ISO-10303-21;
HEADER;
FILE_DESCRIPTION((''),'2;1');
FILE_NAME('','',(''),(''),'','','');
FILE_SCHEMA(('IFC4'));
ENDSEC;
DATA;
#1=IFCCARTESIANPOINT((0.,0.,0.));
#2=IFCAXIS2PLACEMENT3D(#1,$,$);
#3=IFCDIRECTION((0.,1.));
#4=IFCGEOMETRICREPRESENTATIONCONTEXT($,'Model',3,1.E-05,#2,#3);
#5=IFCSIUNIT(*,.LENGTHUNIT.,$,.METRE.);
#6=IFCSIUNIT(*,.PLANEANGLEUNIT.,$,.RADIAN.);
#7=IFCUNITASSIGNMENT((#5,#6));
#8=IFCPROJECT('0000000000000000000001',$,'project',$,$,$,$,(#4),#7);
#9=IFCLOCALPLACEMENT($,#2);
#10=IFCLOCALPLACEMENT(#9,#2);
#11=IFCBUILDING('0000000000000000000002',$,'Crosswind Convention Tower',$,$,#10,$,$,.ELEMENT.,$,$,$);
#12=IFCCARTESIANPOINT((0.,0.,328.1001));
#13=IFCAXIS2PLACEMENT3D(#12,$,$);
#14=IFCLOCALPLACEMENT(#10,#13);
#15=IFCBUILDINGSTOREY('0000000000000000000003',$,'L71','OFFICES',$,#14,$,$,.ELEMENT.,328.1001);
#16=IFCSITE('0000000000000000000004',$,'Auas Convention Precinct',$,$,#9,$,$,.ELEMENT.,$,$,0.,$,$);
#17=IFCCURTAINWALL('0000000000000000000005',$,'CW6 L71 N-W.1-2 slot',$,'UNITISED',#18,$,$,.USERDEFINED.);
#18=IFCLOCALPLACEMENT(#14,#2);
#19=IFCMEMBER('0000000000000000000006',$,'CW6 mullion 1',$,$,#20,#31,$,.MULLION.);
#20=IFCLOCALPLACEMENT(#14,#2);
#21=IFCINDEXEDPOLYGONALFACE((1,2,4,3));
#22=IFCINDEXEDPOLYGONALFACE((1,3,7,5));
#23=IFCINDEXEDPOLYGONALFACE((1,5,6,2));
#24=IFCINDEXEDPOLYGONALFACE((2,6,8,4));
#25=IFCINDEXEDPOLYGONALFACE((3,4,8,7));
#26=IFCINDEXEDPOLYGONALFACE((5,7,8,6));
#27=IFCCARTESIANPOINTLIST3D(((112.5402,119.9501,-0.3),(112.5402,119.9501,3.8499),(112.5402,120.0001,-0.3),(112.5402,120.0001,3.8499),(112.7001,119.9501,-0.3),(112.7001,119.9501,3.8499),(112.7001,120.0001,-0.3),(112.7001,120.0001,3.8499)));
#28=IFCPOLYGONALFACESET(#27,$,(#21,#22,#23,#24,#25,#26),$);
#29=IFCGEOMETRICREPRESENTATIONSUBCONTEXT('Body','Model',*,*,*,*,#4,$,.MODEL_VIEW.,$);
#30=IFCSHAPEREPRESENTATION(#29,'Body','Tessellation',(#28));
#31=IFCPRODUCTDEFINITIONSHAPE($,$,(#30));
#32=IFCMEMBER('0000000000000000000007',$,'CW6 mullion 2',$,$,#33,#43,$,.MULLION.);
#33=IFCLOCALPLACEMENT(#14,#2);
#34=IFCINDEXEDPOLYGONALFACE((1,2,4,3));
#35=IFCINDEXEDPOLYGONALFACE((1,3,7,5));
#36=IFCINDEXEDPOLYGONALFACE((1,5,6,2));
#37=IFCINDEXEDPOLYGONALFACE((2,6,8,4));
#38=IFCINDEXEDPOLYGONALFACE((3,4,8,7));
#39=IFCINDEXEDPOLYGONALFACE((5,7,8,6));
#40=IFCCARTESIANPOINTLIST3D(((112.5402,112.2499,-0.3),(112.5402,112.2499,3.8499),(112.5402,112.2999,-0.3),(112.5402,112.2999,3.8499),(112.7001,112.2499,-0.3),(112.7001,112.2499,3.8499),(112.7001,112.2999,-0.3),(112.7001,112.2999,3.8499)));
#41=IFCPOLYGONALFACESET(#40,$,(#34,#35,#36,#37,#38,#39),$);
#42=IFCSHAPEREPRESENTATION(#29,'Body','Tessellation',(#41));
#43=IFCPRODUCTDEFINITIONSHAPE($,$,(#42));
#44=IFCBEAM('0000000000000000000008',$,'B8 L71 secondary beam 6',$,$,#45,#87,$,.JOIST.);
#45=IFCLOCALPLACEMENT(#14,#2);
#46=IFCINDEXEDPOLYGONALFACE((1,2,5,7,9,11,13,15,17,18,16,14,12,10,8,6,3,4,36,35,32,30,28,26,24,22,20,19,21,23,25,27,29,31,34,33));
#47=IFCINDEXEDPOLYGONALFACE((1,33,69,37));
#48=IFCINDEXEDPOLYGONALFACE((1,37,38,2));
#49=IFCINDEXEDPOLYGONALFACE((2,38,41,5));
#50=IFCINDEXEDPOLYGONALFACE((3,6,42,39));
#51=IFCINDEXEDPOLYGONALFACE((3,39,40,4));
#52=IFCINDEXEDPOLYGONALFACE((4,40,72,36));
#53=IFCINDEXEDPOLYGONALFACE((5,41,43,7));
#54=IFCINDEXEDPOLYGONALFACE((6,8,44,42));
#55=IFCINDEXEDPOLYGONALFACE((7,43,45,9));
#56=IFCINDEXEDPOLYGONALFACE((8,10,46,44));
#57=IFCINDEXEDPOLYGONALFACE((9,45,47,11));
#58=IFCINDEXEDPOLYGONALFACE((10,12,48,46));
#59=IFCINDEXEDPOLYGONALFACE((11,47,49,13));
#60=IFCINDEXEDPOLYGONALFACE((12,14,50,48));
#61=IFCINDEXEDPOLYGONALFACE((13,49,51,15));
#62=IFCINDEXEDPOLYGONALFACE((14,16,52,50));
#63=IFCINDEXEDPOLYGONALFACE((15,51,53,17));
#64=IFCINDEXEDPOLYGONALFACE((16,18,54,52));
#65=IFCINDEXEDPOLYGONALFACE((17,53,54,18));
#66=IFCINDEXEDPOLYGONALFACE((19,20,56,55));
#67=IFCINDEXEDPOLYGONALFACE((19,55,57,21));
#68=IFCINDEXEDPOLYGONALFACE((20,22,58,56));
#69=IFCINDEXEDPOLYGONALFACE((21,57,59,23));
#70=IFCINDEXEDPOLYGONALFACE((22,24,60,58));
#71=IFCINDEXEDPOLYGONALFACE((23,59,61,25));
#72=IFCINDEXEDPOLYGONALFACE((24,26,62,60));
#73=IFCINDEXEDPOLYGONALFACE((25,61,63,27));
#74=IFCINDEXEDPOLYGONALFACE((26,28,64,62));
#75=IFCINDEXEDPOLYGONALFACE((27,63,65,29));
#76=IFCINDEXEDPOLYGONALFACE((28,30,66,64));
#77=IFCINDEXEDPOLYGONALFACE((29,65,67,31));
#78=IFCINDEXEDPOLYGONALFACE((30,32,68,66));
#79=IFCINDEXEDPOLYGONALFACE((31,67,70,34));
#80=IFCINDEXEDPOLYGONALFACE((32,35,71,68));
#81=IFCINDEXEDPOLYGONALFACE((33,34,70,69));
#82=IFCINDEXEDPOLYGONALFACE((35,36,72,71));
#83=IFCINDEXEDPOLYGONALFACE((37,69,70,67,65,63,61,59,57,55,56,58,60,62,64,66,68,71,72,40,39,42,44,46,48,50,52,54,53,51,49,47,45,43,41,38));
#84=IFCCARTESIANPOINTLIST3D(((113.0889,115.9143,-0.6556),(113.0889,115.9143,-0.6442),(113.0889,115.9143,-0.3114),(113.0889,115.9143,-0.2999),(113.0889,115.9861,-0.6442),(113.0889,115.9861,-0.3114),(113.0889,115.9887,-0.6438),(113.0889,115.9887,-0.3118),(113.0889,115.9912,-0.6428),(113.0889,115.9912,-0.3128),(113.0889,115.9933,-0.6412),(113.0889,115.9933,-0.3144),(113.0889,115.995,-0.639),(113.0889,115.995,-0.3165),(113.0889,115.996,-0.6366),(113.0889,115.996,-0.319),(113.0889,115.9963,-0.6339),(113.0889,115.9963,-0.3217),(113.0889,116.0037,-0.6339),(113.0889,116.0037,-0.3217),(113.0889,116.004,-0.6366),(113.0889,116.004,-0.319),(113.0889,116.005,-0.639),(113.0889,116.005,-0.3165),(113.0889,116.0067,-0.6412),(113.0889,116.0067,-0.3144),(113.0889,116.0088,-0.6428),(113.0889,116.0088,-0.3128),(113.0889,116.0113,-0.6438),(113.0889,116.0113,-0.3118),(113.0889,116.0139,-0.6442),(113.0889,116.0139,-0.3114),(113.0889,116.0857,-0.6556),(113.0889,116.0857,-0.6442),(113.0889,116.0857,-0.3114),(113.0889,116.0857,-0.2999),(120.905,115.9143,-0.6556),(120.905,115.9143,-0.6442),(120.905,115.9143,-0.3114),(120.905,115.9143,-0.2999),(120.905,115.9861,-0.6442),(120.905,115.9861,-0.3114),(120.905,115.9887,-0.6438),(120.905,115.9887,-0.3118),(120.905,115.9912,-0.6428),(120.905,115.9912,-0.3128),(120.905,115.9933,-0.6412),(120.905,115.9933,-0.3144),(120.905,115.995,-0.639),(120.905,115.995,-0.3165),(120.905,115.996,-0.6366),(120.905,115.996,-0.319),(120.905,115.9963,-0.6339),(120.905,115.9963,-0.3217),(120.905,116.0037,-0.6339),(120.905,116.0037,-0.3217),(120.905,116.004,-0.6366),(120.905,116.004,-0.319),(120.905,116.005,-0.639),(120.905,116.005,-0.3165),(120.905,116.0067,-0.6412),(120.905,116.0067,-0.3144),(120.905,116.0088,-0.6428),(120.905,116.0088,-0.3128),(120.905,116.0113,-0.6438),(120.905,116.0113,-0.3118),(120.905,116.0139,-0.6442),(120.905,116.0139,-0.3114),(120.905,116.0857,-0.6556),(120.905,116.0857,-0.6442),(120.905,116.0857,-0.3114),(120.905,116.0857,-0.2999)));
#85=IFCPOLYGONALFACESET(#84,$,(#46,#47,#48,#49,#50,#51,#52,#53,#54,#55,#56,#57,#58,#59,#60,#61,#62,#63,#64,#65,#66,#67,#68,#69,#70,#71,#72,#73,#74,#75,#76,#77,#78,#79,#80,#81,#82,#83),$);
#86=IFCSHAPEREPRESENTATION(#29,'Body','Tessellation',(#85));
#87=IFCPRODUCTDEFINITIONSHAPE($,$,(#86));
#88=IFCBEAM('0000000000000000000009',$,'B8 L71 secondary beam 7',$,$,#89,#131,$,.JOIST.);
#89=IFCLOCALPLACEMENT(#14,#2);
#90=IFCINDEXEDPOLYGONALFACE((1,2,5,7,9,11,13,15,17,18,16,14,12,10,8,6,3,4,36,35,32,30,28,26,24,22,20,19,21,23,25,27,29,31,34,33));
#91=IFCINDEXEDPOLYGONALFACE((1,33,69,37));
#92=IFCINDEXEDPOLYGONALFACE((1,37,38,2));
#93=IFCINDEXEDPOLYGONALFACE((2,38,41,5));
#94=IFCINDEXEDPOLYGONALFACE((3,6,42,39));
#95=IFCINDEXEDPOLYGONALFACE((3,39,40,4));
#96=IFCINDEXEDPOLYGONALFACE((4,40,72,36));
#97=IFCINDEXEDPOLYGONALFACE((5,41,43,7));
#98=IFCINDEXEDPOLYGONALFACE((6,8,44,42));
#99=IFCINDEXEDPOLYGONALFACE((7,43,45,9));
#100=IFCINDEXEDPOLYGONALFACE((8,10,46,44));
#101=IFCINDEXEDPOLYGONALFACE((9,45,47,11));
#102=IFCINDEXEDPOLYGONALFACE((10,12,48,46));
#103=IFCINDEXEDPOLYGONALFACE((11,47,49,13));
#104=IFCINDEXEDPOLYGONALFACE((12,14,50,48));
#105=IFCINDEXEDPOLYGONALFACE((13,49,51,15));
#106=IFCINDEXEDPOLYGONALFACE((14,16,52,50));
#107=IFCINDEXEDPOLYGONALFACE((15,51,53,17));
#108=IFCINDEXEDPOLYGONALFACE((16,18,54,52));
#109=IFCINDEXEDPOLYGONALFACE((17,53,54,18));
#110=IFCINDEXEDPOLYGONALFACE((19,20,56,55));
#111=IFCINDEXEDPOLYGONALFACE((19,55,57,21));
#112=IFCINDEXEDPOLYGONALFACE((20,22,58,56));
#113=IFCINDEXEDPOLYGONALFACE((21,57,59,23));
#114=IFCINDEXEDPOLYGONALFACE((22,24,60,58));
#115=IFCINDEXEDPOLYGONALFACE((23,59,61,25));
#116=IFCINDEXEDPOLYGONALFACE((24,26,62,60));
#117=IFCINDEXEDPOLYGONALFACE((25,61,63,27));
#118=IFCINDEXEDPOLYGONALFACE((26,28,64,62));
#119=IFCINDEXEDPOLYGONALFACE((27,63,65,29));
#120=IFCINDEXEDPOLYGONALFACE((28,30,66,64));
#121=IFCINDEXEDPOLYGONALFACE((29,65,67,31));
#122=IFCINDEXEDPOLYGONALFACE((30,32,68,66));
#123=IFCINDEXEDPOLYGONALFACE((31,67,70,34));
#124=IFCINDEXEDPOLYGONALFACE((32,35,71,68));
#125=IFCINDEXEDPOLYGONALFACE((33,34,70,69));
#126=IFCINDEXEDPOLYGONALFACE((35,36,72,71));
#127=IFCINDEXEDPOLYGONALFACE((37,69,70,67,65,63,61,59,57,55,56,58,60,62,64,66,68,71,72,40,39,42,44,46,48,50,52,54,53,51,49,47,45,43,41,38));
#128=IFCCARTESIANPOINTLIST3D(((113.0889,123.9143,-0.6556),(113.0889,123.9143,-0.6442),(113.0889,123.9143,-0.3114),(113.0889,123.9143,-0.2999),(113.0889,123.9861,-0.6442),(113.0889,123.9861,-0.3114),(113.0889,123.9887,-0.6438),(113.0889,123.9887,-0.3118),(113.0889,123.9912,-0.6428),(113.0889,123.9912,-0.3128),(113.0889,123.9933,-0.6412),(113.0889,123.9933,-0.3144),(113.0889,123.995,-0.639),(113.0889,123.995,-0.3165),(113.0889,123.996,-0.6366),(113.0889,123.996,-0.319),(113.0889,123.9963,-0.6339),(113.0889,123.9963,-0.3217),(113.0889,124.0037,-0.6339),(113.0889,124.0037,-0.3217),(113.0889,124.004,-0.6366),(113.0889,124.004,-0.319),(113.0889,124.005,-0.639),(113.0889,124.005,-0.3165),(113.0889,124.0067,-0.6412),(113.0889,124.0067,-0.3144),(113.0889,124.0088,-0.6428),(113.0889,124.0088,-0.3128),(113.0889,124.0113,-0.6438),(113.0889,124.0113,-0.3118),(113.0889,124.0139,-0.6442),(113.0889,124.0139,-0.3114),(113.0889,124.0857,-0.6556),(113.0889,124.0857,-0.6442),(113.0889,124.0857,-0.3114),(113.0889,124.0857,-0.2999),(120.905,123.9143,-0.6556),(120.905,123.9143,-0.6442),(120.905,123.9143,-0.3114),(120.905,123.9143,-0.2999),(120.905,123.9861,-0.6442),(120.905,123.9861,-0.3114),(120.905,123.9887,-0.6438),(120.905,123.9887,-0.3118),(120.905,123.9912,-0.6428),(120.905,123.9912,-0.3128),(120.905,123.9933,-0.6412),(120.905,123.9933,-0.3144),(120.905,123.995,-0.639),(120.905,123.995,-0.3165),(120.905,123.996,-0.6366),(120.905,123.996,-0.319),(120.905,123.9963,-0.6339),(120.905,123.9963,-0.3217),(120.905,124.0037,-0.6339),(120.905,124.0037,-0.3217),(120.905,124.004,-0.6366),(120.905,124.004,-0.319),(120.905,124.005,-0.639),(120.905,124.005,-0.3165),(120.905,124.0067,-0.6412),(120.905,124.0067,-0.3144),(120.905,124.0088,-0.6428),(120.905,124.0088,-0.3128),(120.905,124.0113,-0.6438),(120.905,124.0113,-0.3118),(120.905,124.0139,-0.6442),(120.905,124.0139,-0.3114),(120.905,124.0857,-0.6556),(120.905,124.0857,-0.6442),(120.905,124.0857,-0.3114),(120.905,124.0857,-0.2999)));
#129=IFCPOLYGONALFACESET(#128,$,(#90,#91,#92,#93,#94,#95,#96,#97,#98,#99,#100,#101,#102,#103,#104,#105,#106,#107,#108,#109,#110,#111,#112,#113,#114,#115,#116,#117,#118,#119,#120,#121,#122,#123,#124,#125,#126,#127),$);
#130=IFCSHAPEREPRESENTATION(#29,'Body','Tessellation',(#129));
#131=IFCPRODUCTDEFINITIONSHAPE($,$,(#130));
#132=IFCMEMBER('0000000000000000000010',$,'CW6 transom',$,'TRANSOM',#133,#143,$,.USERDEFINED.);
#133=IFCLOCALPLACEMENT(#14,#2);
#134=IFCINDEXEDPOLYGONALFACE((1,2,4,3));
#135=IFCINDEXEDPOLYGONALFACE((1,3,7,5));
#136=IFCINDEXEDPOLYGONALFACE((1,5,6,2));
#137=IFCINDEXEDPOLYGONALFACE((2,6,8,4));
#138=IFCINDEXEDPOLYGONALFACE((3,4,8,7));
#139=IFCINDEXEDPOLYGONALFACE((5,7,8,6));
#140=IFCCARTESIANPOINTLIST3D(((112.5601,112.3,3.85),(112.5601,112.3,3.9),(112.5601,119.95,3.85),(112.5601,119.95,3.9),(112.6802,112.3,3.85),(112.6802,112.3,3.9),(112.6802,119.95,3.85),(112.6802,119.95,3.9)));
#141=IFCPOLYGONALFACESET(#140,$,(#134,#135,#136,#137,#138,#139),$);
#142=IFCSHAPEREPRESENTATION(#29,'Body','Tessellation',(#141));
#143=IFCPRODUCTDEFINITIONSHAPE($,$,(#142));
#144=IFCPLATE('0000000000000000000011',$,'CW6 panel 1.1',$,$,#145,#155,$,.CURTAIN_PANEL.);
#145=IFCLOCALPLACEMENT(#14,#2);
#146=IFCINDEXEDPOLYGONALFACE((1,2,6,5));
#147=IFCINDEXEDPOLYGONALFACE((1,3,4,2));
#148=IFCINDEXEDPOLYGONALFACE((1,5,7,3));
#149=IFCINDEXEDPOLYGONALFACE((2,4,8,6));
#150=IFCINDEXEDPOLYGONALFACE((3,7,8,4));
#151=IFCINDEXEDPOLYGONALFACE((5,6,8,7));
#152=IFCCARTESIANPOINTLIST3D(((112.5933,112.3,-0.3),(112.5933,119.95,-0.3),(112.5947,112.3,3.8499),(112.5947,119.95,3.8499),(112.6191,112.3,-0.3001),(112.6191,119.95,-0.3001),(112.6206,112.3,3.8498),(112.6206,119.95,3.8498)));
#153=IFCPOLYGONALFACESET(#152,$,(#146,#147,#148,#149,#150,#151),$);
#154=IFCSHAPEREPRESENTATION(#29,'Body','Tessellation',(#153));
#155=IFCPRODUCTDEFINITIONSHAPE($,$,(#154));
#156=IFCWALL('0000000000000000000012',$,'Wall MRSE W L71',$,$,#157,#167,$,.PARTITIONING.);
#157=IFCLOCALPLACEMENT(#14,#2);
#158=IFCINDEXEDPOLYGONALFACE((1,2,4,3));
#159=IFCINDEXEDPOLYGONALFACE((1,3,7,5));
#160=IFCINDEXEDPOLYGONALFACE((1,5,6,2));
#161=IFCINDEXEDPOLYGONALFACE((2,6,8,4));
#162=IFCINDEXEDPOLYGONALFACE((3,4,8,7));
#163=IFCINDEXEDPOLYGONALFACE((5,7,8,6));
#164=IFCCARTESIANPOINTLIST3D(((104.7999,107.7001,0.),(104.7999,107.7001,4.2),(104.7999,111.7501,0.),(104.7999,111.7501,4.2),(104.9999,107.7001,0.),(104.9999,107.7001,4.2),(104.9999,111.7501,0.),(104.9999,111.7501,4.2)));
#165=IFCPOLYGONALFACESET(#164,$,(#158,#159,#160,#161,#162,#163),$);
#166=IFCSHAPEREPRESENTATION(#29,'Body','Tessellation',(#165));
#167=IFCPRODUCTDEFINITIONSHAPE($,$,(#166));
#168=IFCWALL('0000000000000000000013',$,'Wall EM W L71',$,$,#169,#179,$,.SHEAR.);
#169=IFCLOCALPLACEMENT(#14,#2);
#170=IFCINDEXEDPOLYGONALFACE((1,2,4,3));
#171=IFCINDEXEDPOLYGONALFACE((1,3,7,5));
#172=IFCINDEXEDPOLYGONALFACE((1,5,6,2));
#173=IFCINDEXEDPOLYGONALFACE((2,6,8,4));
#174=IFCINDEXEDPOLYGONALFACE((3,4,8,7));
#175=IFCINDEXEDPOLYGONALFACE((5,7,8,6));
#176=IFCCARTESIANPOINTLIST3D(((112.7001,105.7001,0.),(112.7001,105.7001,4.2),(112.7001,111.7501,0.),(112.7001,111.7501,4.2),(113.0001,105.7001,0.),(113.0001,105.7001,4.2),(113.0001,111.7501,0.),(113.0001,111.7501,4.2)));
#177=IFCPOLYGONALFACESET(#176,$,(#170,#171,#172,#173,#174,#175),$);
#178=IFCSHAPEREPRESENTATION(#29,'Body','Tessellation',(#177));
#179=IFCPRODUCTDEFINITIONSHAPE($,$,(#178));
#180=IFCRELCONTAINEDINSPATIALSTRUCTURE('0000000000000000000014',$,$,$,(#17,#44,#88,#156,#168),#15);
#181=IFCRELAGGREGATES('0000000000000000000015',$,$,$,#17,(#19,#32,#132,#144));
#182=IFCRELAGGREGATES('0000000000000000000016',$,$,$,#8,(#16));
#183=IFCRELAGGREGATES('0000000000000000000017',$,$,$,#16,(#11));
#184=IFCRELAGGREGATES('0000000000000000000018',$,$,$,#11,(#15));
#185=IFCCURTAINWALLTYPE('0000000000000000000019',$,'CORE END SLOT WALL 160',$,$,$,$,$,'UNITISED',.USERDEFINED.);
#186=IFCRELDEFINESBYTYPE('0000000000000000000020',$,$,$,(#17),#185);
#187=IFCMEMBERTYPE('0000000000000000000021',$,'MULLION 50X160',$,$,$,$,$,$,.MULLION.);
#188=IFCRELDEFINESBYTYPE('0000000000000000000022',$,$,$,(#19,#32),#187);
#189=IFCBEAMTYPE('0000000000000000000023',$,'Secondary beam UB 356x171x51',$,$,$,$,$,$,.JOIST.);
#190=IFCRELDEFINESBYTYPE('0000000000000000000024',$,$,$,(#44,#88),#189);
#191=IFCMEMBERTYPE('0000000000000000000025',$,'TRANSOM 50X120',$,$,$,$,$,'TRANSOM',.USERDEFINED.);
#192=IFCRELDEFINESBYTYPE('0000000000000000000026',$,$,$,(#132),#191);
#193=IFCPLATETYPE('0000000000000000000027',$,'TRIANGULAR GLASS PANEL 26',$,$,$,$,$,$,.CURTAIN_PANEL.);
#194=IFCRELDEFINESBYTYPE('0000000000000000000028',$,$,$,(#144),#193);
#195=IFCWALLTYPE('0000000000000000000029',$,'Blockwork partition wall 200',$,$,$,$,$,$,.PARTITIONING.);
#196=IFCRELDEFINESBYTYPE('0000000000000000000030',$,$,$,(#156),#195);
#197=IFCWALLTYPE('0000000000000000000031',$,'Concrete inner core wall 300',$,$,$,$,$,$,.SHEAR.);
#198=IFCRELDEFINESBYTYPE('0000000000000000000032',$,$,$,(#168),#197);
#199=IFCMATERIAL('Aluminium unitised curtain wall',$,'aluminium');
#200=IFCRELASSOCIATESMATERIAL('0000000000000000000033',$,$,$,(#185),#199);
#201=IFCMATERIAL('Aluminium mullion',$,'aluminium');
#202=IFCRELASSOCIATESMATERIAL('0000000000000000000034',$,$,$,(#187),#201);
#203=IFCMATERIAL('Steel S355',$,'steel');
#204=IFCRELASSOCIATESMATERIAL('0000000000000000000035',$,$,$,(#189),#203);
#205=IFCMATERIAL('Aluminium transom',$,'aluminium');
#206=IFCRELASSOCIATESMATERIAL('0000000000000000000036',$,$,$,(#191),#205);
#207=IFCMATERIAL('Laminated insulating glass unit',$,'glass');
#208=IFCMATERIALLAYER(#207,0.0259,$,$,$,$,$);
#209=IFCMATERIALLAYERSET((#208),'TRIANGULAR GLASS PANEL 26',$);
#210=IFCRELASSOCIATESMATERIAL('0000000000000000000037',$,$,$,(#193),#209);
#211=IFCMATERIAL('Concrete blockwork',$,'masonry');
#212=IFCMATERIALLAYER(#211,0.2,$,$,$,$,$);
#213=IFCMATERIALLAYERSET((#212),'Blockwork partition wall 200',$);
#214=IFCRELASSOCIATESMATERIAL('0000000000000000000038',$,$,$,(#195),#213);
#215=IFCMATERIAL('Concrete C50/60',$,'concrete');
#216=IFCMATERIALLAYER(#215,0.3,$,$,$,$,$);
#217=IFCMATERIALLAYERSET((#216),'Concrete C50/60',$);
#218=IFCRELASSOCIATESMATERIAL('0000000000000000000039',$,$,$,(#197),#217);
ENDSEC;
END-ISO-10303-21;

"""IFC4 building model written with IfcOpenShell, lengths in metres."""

from ifc_helpers import new_model, si_unit, direction, frame, frame_2d, origin, origin_2d, place, context, subcontext, project, spatial, polyline, rectangle, i_section, outline, extrude, material, layer, layer_set, material_profile, profile_set, type_object, element, aggregate, save


model = new_model("IFC4")

# Units and contexts
model_context = context("Model", 3, precision=1e-05, world=origin(), true_north=direction((0.0, 1.0)))
body_context = subcontext(model_context, "Body", "Model", "MODEL_VIEW")
ifc_project = project(units=[si_unit("LENGTHUNIT", "METRE"), si_unit("PLANEANGLEUNIT", "RADIAN")], contexts=[model_context])

# Site, building, storey
site_placement = place(None, origin())
site = spatial("IfcSite", under=ifc_project, at=site_placement, Name="Auas Convention Precinct", CompositionType="ELEMENT", RefElevation=0.0)
building_placement = place(site_placement, origin())
building = spatial("IfcBuilding", under=site, at=building_placement, Name="Crosswind Convention Tower", CompositionType="ELEMENT")
storey_placement = place(building_placement, frame((0.0, 0.0, 328.1001)))
storey = spatial("IfcBuildingStorey", under=building, at=storey_placement, Name="L71", Description="OFFICES", CompositionType="ELEMENT", Elevation=328.1001)

# Shared definitions
ifc_material_1 = material(Name="Steel S355", Category="steel")

# Curtain wall, members
ifc_material_2 = material(Name="Aluminium unitised curtain wall", Category="aluminium")
curtain_wall_type = type_object("IfcCurtainWallType", Name="CORE END SLOT WALL 160", ElementType="UNITISED", PredefinedType="USERDEFINED", material=ifc_material_2)
curtain_wall_placement = place(storey_placement, origin())
curtain_wall = element("IfcCurtainWall", 1, at=curtain_wall_placement, inside=storey, type_object=curtain_wall_type, Name="CW6 L71 N-W.1-2 slot", ObjectType="UNITISED", PredefinedType="USERDEFINED")
ifc_material_3 = material(Name="Aluminium mullion", Category="aluminium")
ifc_material_profile_1 = material_profile(ifc_material_3, rectangle(XDim=0.1599, YDim=0.05, at=origin_2d()), Name="AL 160X50")
ifc_profile_set_1 = profile_set([ifc_material_profile_1], Name="Aluminium mullion")
member_type_1 = type_object("IfcMemberType", Name="MULLION 50X160", PredefinedType="MULLION", material=ifc_profile_set_1)
member_1_placement = place(storey_placement, frame((112.6201, 119.9751, -0.3), z_axis=(0.0, 0.0, 1.0), x_axis=(-1.0, 0.0, 0.0)))
member_1 = element("IfcMember", 2, at=member_1_placement, type_object=member_type_1, Name="CW6 mullion 1", PredefinedType="MULLION", context=body_context, shape_type="SweptSolid", body=[
    extrude(rectangle(XDim=0.1599, YDim=0.05, at=origin_2d()), origin(), (0.0, 0.0, 1.0), 4.1499),
])
member_2_placement = place(storey_placement, frame((112.6201, 112.2749, -0.3), z_axis=(0.0, 0.0, 1.0), x_axis=(-1.0, 0.0, 0.0)))
member_2 = element("IfcMember", 3, at=member_2_placement, type_object=member_type_1, Name="CW6 mullion 2", PredefinedType="MULLION", context=body_context, shape_type="SweptSolid", body=[
    extrude(rectangle(XDim=0.1599, YDim=0.05, at=origin_2d()), origin(), (0.0, 0.0, 1.0), 4.1499),
])

# Beams
ifc_material_profile_2 = material_profile(ifc_material_1, i_section(OverallWidth=0.1714, OverallDepth=0.3557, WebThickness=0.0073, FlangeThickness=0.0115, FilletRadius=0.0103, at=origin_2d()), Name="UB 356x171x51")
ifc_profile_set_2 = profile_set([ifc_material_profile_2], Name="Steel S355")
beam_type_1 = type_object("IfcBeamType", Name="Secondary beam UB 356x171x51", PredefinedType="JOIST", material=ifc_profile_set_2)
for number, where, z_axis, x_axis, name in (
    (4, (113.0889, 116.0, -0.4778), (1.0, 0.0, 0.0), (0.0, 1.0, 0.0), "B8 L71 secondary beam 6"),
    (5, (113.0889, 124.0, -0.4778), (1.0, 0.0, 0.0), (0.0, 1.0, 0.0), "B8 L71 secondary beam 7"),
):
    element("IfcBeam", number, at=place(storey_placement, frame(where, z_axis=z_axis, x_axis=x_axis)), inside=storey, type_object=beam_type_1, Name=name, PredefinedType="JOIST", context=body_context, shape_type="SweptSolid", body=[
        extrude(i_section(OverallWidth=0.1714, OverallDepth=0.3557, WebThickness=0.0073, FlangeThickness=0.0115, FilletRadius=0.0103, at=origin_2d()), origin(), (0.0, 0.0, 1.0), 7.8162),
    ])

# Member
ifc_material_4 = material(Name="Aluminium transom", Category="aluminium")
ifc_material_profile_3 = material_profile(ifc_material_4, rectangle(XDim=0.1201, YDim=0.05, at=origin_2d()), Name="AL 120X50")
ifc_profile_set_3 = profile_set([ifc_material_profile_3], Name="Aluminium transom")
member_type_2 = type_object("IfcMemberType", Name="TRANSOM 50X120", ElementType="TRANSOM", PredefinedType="USERDEFINED", material=ifc_profile_set_3)
member_3_placement = place(storey_placement, frame((112.6201, 119.95, 3.875), z_axis=(0.0, -1.0, 0.0), x_axis=(1.0, 0.0, 0.0)))
member_3 = element("IfcMember", 6, at=member_3_placement, type_object=member_type_2, Name="CW6 transom", ObjectType="TRANSOM", PredefinedType="USERDEFINED", context=body_context, shape_type="SweptSolid", body=[
    extrude(rectangle(XDim=0.1201, YDim=0.05, at=origin_2d()), origin(), (0.0, 0.0, 1.0), 7.6499),
])

# Plate
ifc_material_5 = material(Name="Laminated insulating glass unit", Category="glass")
ifc_layer_1 = layer(ifc_material_5, 0.0259)
ifc_layer_set_1 = layer_set([ifc_layer_1], Name="TRIANGULAR GLASS PANEL 26")
plate_type = type_object("IfcPlateType", Name="TRIANGULAR GLASS PANEL 26", PredefinedType="CURTAIN_PANEL", material=ifc_layer_set_1)
plate_placement = place(storey_placement, frame((112.5933, 119.95, -0.3), z_axis=(-1.0, 0.0, 0.000353), x_axis=(0.0, -1.0, 0.0)))
plate = element("IfcPlate", 7, at=plate_placement, type_object=plate_type, Name="CW6 panel 1.1", PredefinedType="CURTAIN_PANEL", context=body_context, shape_type="SweptSolid", body=[
    extrude(outline(polyline([(0.0, 0.0), (7.6499, 0.0), (7.6499, 4.1499), (0.0, 4.1499), (0.0, 0.0)])), origin(), (0.0, 0.0, -1.0), 0.0259),
])
aggregate(curtain_wall, [member_1, member_2, member_3, plate])

# Walls
ifc_material_6 = material(Name="Concrete blockwork", Category="masonry")
ifc_layer_2 = layer(ifc_material_6, 0.2)
ifc_layer_set_2 = layer_set([ifc_layer_2], Name="Blockwork partition wall 200")
wall_type_1 = type_object("IfcWallType", Name="Blockwork partition wall 200", PredefinedType="PARTITIONING", material=ifc_layer_set_2)
wall_1_placement = place(storey_placement, frame((104.8999, 111.75, 0.0), z_axis=(0.0, 0.0, 1.0), x_axis=(0.0, -1.0, 0.0)))
element("IfcWall", 8, at=wall_1_placement, inside=storey, type_object=wall_type_1, Name="Wall MRSE W L71", PredefinedType="PARTITIONING", context=body_context, shape_type="SweptSolid", body=[
    extrude(rectangle(XDim=4.05, YDim=0.2, at=frame_2d((2.0249, 0.0))), origin(), (0.0, 0.0, 1.0), 4.2),
])
ifc_material_7 = material(Name="Concrete C50/60", Category="concrete")
ifc_layer_3 = layer(ifc_material_7, 0.3)
ifc_layer_set_3 = layer_set([ifc_layer_3], Name="Concrete C50/60")
wall_type_2 = type_object("IfcWallType", Name="Concrete inner core wall 300", PredefinedType="SHEAR", material=ifc_layer_set_3)
wall_2_placement = place(storey_placement, frame((112.8501, 111.75, 0.0), z_axis=(0.0, 0.0, 1.0), x_axis=(0.0, -1.0, 0.0)))
element("IfcWall", 9, at=wall_2_placement, inside=storey, type_object=wall_type_2, Name="Wall EM W L71", PredefinedType="SHEAR", context=body_context, shape_type="SweptSolid", body=[
    extrude(rectangle(XDim=6.05, YDim=0.3, at=frame_2d((3.0249, 0.0))), origin(), (0.0, 0.0, 1.0), 4.2),
])

save(model, "model.ifc")
